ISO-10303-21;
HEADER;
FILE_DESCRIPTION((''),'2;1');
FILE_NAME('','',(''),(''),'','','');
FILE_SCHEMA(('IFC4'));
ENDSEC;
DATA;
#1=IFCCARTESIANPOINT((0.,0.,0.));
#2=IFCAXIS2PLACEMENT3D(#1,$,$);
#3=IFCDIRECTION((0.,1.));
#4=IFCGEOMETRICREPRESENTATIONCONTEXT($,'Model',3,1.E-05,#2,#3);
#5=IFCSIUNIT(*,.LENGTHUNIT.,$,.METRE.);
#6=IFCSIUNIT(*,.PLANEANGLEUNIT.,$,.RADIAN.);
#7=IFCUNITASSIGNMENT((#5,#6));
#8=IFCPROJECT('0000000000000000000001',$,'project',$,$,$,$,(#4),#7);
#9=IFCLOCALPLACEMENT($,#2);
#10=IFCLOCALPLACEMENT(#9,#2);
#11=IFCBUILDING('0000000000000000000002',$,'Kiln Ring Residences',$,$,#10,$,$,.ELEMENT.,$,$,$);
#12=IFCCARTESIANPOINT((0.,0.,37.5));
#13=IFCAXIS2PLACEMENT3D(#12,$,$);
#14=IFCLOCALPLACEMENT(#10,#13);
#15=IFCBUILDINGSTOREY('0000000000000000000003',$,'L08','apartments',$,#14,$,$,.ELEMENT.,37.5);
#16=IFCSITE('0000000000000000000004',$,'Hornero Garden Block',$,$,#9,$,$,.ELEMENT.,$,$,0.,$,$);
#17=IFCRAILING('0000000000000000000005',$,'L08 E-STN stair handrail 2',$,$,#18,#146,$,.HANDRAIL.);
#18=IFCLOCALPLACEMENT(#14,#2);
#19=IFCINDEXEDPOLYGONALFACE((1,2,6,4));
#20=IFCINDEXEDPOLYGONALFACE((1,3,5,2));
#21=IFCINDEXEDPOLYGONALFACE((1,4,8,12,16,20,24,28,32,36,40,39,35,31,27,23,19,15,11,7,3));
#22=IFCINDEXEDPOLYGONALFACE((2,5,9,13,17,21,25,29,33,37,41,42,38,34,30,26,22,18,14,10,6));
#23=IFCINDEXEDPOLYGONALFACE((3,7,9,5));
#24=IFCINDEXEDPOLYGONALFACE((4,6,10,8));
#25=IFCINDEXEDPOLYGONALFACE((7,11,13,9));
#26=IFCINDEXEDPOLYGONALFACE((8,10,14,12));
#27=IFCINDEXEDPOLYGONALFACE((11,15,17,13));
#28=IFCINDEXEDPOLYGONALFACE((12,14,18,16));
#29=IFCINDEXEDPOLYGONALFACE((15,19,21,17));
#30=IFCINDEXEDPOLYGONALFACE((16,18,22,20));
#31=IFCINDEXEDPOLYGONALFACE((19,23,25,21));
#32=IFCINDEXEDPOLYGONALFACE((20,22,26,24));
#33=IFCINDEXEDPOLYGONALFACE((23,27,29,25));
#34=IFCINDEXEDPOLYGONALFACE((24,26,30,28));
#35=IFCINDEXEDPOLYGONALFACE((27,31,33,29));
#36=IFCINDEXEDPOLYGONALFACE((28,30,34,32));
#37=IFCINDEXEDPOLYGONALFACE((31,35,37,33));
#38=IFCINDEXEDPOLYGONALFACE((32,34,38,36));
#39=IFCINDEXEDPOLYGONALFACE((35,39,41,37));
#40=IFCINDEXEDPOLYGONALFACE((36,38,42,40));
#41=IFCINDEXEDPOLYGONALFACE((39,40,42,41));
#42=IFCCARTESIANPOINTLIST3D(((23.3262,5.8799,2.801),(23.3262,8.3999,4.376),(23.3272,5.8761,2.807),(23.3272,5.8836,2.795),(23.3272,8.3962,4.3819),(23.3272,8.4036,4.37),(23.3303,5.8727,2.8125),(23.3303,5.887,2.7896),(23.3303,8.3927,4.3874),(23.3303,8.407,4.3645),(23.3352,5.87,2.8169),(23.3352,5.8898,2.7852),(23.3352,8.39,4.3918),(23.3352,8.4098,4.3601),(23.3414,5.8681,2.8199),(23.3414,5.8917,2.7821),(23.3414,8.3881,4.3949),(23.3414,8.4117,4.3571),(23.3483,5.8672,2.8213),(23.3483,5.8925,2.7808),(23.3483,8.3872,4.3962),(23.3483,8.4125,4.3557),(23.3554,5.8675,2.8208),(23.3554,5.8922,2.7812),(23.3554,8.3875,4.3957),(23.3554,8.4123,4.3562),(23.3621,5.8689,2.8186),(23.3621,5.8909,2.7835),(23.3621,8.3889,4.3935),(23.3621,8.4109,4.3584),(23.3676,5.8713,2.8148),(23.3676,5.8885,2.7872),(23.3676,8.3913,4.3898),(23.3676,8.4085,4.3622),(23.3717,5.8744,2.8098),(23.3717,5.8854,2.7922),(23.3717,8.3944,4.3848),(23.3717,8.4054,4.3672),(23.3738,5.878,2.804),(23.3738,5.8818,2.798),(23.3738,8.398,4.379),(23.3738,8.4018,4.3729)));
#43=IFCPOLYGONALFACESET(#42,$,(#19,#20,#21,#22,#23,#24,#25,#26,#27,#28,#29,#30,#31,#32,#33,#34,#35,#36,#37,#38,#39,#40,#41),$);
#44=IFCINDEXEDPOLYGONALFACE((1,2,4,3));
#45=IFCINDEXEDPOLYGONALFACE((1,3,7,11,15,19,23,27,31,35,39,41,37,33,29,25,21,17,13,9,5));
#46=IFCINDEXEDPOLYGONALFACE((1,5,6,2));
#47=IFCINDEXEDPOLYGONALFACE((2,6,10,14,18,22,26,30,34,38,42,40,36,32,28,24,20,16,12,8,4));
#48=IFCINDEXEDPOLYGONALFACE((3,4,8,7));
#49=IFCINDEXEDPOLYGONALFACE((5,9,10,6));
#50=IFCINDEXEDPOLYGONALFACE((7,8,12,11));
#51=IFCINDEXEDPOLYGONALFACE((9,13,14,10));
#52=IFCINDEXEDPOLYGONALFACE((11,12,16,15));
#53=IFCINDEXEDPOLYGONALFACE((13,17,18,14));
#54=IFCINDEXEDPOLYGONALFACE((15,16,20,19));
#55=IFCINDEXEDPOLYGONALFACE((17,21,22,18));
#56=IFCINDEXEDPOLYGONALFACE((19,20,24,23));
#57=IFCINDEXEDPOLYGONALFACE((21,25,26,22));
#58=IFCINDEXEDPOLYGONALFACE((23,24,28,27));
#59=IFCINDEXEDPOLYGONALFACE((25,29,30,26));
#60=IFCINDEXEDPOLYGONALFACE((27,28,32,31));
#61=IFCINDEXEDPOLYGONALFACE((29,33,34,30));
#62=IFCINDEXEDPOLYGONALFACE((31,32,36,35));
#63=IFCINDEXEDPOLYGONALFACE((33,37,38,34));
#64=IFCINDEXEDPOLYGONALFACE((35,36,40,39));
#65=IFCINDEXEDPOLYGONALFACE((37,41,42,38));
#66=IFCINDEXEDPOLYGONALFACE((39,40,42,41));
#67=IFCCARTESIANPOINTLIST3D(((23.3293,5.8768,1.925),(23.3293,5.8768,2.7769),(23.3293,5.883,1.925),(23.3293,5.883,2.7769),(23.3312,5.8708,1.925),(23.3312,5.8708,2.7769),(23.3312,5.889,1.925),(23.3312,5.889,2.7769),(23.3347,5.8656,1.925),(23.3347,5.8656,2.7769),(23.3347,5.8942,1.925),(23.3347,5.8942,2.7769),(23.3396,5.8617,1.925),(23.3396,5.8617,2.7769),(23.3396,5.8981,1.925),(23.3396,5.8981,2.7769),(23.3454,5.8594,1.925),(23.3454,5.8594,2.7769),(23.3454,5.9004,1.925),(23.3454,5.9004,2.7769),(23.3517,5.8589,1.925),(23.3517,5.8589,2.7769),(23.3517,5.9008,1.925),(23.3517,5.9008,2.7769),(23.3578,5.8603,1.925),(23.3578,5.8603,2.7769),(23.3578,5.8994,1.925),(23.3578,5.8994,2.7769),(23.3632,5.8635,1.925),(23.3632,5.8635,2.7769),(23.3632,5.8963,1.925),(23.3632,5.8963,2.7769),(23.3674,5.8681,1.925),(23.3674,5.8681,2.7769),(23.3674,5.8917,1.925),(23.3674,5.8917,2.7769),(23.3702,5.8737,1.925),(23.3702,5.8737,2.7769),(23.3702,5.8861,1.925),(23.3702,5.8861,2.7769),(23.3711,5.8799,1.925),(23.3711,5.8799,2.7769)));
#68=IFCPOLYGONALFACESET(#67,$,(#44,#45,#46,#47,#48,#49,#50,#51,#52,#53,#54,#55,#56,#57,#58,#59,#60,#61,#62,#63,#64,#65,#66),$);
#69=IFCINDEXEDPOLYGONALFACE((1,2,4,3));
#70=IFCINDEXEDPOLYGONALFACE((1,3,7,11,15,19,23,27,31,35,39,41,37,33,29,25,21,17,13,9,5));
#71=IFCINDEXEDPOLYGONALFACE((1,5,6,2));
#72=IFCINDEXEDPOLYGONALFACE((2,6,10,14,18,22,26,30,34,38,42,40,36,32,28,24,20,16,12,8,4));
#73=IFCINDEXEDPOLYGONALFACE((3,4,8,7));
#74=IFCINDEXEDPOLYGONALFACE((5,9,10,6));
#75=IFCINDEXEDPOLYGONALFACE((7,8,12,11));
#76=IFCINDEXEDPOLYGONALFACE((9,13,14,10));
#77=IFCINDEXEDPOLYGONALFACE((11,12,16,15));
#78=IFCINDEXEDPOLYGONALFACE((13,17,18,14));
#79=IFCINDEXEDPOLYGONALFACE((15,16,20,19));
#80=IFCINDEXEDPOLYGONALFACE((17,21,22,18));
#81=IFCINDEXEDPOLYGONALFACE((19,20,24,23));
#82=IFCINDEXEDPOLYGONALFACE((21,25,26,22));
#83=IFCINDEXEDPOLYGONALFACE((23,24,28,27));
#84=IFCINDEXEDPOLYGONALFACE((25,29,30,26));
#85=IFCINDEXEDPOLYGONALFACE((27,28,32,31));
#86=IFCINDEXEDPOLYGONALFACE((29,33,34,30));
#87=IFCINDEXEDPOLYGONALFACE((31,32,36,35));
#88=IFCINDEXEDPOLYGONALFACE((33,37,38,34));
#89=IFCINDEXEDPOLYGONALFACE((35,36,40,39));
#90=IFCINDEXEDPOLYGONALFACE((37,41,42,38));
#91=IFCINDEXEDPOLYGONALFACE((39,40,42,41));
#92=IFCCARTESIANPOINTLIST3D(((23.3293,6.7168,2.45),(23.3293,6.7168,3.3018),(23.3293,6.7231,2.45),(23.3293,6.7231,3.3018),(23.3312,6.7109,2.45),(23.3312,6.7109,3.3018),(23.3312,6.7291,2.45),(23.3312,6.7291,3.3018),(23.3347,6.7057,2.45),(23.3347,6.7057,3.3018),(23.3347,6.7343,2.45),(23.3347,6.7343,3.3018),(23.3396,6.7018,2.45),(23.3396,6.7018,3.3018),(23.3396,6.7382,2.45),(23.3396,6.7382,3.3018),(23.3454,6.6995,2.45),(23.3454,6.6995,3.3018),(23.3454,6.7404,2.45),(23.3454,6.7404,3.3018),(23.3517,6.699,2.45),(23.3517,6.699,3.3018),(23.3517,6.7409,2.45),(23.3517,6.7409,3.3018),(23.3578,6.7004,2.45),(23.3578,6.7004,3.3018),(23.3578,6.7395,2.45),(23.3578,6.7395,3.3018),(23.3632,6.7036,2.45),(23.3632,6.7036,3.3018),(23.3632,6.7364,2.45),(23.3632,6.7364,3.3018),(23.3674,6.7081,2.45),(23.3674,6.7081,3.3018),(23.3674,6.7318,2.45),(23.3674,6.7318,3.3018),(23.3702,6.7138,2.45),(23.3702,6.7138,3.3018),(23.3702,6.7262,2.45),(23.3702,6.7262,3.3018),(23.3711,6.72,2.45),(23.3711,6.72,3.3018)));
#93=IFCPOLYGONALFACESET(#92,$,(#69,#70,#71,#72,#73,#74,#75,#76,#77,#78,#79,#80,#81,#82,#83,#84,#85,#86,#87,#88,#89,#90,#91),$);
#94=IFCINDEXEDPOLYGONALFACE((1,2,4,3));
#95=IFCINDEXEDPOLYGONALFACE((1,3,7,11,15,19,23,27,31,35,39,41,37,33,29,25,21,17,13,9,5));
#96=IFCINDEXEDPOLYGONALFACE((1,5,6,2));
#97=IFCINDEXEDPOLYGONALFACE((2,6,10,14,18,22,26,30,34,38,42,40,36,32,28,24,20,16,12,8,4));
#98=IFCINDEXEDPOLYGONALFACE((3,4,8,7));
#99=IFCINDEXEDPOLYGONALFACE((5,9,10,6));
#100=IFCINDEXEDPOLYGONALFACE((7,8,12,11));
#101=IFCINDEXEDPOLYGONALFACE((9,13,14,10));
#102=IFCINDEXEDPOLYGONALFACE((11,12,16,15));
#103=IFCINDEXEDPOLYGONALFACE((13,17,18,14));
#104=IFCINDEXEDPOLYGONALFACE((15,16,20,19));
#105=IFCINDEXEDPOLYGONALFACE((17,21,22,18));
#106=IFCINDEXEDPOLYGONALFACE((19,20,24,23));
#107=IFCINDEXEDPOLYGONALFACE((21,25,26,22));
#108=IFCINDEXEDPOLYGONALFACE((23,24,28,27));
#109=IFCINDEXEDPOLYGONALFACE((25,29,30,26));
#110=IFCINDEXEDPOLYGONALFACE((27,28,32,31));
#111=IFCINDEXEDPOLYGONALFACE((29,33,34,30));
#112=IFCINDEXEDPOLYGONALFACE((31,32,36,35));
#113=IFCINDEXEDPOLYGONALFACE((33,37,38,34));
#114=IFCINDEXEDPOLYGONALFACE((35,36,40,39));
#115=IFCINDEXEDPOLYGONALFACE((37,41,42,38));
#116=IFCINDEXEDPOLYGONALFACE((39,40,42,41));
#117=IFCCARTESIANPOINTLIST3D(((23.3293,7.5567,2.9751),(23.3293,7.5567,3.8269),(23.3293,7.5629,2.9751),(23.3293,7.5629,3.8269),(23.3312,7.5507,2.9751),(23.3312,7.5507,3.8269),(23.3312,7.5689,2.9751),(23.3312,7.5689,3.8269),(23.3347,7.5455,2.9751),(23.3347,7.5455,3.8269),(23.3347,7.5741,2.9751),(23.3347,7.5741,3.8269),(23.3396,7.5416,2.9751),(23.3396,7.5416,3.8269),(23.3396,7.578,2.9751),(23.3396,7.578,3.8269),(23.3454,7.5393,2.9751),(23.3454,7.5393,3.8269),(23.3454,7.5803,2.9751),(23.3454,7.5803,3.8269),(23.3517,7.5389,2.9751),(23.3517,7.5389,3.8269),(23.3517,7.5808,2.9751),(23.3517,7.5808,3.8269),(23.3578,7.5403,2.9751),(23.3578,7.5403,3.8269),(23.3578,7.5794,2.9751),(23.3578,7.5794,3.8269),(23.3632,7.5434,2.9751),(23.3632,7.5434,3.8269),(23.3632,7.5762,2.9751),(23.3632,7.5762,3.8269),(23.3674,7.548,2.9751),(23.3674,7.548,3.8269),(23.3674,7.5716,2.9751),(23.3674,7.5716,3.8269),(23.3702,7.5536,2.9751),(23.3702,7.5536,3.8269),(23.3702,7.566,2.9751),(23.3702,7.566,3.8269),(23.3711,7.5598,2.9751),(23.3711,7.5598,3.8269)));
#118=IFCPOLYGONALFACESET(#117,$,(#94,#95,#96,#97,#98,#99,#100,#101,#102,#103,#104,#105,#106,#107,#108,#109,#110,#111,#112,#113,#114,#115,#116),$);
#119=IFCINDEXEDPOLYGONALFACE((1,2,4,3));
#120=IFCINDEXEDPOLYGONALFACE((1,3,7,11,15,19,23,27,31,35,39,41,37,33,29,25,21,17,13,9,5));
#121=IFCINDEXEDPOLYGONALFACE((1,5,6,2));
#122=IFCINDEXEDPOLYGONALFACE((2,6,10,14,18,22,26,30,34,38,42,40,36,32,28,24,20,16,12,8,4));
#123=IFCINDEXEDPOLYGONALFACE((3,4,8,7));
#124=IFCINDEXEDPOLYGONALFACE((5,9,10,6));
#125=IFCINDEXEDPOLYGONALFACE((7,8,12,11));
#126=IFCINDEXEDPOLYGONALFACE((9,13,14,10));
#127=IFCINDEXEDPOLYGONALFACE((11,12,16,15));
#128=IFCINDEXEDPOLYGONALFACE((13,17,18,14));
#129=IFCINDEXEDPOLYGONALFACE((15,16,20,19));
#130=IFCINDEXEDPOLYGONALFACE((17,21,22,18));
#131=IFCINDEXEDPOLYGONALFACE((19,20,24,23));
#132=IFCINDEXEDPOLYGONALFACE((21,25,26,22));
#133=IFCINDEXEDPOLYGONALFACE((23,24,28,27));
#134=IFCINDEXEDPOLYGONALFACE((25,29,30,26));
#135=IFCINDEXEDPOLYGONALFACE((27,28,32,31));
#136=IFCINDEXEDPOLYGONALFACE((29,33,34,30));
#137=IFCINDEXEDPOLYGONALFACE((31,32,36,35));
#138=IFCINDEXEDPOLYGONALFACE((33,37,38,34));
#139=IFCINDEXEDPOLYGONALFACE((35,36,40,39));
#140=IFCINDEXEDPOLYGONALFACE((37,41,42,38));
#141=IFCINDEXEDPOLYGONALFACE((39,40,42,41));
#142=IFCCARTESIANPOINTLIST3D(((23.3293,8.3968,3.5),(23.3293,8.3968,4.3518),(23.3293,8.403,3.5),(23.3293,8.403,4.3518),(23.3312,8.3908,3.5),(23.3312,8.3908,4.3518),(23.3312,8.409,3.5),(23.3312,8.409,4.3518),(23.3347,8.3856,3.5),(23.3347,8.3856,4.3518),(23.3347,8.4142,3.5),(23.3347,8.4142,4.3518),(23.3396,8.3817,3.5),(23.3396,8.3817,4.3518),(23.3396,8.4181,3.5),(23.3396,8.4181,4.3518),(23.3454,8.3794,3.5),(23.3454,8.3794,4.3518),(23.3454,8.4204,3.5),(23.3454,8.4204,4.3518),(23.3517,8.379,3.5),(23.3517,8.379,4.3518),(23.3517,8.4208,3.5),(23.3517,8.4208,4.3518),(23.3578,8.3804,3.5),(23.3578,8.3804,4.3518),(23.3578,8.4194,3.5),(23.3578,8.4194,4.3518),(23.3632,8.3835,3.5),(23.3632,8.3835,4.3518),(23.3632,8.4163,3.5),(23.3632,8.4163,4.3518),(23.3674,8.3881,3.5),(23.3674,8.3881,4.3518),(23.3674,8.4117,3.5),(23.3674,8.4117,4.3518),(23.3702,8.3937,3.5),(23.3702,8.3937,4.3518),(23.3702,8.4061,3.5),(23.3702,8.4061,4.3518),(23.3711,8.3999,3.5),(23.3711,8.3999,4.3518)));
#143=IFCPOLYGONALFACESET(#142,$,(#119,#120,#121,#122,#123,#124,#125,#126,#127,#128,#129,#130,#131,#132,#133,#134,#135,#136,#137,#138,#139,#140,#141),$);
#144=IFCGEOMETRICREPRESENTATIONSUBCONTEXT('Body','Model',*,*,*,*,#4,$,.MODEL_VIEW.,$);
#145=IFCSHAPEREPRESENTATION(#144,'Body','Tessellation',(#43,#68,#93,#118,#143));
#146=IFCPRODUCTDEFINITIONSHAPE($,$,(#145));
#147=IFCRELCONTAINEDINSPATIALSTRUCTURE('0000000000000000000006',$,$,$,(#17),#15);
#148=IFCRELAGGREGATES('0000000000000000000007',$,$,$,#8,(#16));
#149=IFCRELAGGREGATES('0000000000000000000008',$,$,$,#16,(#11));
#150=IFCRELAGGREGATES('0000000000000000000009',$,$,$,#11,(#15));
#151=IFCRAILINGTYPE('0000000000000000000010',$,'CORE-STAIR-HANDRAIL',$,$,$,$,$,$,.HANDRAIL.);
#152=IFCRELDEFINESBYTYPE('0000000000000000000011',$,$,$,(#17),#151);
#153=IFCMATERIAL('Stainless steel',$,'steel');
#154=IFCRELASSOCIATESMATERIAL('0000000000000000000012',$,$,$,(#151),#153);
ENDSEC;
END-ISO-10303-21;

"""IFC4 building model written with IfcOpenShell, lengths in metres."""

from ifc_helpers import new_model, si_unit, direction, frame, origin, origin_2d, place, context, subcontext, project, spatial, circle, extrude, material, type_object, element, save


model = new_model("IFC4")

# Units and contexts
model_context = context("Model", 3, precision=1e-05, world=origin(), true_north=direction((0.0, 1.0)))
body_context = subcontext(model_context, "Body", "Model", "MODEL_VIEW")
ifc_project = project(units=[si_unit("LENGTHUNIT", "METRE"), si_unit("PLANEANGLEUNIT", "RADIAN")], contexts=[model_context])

# Site, building, storey
site_placement = place(None, origin())
site = spatial("IfcSite", under=ifc_project, at=site_placement, Name="Hornero Garden Block", CompositionType="ELEMENT", RefElevation=0.0)
building_placement = place(site_placement, origin())
building = spatial("IfcBuilding", under=site, at=building_placement, Name="Kiln Ring Residences", CompositionType="ELEMENT")
storey_placement = place(building_placement, frame((0.0, 0.0, 37.5)))
storey = spatial("IfcBuildingStorey", under=building, at=storey_placement, Name="L08", Description="apartments", CompositionType="ELEMENT", Elevation=37.5)

# Railing
ifc_material_1 = material(Name="Stainless steel", Category="steel")
railing_type_1 = type_object("IfcRailingType", Name="CORE-STAIR-HANDRAIL", PredefinedType="HANDRAIL", material=ifc_material_1)
railing_1_placement = place(storey_placement, frame((23.3501, 5.8799, 1.925)))
element("IfcRailing", 1, at=railing_1_placement, inside=storey, type_object=railing_type_1, Name="L08 E-STN stair handrail 2", PredefinedType="HANDRAIL", context=body_context, shape_type="SweptSolid", body=[
    extrude(circle(Radius=0.0239, at=origin_2d()), frame((0.0, 0.0, 0.876), z_axis=(0.0, 0.848008, 0.529984), x_axis=(-1.0, 0.0, 0.0)), (0.0, 0.0, 1.0), 2.9717),
    extrude(circle(Radius=0.021, at=origin_2d()), origin(), (0.0, 0.0, 1.0), 0.8518),
    extrude(circle(Radius=0.021, at=origin_2d()), frame((0.0, 0.8401, 0.5249)), (0.0, 0.0, 1.0), 0.8518),
    extrude(circle(Radius=0.021, at=origin_2d()), frame((0.0, 1.6799, 1.05)), (0.0, 0.0, 1.0), 0.8518),
    extrude(circle(Radius=0.021, at=origin_2d()), frame((0.0, 2.52, 1.575)), (0.0, 0.0, 1.0), 0.8518),
])

save(model, "model.ifc")
